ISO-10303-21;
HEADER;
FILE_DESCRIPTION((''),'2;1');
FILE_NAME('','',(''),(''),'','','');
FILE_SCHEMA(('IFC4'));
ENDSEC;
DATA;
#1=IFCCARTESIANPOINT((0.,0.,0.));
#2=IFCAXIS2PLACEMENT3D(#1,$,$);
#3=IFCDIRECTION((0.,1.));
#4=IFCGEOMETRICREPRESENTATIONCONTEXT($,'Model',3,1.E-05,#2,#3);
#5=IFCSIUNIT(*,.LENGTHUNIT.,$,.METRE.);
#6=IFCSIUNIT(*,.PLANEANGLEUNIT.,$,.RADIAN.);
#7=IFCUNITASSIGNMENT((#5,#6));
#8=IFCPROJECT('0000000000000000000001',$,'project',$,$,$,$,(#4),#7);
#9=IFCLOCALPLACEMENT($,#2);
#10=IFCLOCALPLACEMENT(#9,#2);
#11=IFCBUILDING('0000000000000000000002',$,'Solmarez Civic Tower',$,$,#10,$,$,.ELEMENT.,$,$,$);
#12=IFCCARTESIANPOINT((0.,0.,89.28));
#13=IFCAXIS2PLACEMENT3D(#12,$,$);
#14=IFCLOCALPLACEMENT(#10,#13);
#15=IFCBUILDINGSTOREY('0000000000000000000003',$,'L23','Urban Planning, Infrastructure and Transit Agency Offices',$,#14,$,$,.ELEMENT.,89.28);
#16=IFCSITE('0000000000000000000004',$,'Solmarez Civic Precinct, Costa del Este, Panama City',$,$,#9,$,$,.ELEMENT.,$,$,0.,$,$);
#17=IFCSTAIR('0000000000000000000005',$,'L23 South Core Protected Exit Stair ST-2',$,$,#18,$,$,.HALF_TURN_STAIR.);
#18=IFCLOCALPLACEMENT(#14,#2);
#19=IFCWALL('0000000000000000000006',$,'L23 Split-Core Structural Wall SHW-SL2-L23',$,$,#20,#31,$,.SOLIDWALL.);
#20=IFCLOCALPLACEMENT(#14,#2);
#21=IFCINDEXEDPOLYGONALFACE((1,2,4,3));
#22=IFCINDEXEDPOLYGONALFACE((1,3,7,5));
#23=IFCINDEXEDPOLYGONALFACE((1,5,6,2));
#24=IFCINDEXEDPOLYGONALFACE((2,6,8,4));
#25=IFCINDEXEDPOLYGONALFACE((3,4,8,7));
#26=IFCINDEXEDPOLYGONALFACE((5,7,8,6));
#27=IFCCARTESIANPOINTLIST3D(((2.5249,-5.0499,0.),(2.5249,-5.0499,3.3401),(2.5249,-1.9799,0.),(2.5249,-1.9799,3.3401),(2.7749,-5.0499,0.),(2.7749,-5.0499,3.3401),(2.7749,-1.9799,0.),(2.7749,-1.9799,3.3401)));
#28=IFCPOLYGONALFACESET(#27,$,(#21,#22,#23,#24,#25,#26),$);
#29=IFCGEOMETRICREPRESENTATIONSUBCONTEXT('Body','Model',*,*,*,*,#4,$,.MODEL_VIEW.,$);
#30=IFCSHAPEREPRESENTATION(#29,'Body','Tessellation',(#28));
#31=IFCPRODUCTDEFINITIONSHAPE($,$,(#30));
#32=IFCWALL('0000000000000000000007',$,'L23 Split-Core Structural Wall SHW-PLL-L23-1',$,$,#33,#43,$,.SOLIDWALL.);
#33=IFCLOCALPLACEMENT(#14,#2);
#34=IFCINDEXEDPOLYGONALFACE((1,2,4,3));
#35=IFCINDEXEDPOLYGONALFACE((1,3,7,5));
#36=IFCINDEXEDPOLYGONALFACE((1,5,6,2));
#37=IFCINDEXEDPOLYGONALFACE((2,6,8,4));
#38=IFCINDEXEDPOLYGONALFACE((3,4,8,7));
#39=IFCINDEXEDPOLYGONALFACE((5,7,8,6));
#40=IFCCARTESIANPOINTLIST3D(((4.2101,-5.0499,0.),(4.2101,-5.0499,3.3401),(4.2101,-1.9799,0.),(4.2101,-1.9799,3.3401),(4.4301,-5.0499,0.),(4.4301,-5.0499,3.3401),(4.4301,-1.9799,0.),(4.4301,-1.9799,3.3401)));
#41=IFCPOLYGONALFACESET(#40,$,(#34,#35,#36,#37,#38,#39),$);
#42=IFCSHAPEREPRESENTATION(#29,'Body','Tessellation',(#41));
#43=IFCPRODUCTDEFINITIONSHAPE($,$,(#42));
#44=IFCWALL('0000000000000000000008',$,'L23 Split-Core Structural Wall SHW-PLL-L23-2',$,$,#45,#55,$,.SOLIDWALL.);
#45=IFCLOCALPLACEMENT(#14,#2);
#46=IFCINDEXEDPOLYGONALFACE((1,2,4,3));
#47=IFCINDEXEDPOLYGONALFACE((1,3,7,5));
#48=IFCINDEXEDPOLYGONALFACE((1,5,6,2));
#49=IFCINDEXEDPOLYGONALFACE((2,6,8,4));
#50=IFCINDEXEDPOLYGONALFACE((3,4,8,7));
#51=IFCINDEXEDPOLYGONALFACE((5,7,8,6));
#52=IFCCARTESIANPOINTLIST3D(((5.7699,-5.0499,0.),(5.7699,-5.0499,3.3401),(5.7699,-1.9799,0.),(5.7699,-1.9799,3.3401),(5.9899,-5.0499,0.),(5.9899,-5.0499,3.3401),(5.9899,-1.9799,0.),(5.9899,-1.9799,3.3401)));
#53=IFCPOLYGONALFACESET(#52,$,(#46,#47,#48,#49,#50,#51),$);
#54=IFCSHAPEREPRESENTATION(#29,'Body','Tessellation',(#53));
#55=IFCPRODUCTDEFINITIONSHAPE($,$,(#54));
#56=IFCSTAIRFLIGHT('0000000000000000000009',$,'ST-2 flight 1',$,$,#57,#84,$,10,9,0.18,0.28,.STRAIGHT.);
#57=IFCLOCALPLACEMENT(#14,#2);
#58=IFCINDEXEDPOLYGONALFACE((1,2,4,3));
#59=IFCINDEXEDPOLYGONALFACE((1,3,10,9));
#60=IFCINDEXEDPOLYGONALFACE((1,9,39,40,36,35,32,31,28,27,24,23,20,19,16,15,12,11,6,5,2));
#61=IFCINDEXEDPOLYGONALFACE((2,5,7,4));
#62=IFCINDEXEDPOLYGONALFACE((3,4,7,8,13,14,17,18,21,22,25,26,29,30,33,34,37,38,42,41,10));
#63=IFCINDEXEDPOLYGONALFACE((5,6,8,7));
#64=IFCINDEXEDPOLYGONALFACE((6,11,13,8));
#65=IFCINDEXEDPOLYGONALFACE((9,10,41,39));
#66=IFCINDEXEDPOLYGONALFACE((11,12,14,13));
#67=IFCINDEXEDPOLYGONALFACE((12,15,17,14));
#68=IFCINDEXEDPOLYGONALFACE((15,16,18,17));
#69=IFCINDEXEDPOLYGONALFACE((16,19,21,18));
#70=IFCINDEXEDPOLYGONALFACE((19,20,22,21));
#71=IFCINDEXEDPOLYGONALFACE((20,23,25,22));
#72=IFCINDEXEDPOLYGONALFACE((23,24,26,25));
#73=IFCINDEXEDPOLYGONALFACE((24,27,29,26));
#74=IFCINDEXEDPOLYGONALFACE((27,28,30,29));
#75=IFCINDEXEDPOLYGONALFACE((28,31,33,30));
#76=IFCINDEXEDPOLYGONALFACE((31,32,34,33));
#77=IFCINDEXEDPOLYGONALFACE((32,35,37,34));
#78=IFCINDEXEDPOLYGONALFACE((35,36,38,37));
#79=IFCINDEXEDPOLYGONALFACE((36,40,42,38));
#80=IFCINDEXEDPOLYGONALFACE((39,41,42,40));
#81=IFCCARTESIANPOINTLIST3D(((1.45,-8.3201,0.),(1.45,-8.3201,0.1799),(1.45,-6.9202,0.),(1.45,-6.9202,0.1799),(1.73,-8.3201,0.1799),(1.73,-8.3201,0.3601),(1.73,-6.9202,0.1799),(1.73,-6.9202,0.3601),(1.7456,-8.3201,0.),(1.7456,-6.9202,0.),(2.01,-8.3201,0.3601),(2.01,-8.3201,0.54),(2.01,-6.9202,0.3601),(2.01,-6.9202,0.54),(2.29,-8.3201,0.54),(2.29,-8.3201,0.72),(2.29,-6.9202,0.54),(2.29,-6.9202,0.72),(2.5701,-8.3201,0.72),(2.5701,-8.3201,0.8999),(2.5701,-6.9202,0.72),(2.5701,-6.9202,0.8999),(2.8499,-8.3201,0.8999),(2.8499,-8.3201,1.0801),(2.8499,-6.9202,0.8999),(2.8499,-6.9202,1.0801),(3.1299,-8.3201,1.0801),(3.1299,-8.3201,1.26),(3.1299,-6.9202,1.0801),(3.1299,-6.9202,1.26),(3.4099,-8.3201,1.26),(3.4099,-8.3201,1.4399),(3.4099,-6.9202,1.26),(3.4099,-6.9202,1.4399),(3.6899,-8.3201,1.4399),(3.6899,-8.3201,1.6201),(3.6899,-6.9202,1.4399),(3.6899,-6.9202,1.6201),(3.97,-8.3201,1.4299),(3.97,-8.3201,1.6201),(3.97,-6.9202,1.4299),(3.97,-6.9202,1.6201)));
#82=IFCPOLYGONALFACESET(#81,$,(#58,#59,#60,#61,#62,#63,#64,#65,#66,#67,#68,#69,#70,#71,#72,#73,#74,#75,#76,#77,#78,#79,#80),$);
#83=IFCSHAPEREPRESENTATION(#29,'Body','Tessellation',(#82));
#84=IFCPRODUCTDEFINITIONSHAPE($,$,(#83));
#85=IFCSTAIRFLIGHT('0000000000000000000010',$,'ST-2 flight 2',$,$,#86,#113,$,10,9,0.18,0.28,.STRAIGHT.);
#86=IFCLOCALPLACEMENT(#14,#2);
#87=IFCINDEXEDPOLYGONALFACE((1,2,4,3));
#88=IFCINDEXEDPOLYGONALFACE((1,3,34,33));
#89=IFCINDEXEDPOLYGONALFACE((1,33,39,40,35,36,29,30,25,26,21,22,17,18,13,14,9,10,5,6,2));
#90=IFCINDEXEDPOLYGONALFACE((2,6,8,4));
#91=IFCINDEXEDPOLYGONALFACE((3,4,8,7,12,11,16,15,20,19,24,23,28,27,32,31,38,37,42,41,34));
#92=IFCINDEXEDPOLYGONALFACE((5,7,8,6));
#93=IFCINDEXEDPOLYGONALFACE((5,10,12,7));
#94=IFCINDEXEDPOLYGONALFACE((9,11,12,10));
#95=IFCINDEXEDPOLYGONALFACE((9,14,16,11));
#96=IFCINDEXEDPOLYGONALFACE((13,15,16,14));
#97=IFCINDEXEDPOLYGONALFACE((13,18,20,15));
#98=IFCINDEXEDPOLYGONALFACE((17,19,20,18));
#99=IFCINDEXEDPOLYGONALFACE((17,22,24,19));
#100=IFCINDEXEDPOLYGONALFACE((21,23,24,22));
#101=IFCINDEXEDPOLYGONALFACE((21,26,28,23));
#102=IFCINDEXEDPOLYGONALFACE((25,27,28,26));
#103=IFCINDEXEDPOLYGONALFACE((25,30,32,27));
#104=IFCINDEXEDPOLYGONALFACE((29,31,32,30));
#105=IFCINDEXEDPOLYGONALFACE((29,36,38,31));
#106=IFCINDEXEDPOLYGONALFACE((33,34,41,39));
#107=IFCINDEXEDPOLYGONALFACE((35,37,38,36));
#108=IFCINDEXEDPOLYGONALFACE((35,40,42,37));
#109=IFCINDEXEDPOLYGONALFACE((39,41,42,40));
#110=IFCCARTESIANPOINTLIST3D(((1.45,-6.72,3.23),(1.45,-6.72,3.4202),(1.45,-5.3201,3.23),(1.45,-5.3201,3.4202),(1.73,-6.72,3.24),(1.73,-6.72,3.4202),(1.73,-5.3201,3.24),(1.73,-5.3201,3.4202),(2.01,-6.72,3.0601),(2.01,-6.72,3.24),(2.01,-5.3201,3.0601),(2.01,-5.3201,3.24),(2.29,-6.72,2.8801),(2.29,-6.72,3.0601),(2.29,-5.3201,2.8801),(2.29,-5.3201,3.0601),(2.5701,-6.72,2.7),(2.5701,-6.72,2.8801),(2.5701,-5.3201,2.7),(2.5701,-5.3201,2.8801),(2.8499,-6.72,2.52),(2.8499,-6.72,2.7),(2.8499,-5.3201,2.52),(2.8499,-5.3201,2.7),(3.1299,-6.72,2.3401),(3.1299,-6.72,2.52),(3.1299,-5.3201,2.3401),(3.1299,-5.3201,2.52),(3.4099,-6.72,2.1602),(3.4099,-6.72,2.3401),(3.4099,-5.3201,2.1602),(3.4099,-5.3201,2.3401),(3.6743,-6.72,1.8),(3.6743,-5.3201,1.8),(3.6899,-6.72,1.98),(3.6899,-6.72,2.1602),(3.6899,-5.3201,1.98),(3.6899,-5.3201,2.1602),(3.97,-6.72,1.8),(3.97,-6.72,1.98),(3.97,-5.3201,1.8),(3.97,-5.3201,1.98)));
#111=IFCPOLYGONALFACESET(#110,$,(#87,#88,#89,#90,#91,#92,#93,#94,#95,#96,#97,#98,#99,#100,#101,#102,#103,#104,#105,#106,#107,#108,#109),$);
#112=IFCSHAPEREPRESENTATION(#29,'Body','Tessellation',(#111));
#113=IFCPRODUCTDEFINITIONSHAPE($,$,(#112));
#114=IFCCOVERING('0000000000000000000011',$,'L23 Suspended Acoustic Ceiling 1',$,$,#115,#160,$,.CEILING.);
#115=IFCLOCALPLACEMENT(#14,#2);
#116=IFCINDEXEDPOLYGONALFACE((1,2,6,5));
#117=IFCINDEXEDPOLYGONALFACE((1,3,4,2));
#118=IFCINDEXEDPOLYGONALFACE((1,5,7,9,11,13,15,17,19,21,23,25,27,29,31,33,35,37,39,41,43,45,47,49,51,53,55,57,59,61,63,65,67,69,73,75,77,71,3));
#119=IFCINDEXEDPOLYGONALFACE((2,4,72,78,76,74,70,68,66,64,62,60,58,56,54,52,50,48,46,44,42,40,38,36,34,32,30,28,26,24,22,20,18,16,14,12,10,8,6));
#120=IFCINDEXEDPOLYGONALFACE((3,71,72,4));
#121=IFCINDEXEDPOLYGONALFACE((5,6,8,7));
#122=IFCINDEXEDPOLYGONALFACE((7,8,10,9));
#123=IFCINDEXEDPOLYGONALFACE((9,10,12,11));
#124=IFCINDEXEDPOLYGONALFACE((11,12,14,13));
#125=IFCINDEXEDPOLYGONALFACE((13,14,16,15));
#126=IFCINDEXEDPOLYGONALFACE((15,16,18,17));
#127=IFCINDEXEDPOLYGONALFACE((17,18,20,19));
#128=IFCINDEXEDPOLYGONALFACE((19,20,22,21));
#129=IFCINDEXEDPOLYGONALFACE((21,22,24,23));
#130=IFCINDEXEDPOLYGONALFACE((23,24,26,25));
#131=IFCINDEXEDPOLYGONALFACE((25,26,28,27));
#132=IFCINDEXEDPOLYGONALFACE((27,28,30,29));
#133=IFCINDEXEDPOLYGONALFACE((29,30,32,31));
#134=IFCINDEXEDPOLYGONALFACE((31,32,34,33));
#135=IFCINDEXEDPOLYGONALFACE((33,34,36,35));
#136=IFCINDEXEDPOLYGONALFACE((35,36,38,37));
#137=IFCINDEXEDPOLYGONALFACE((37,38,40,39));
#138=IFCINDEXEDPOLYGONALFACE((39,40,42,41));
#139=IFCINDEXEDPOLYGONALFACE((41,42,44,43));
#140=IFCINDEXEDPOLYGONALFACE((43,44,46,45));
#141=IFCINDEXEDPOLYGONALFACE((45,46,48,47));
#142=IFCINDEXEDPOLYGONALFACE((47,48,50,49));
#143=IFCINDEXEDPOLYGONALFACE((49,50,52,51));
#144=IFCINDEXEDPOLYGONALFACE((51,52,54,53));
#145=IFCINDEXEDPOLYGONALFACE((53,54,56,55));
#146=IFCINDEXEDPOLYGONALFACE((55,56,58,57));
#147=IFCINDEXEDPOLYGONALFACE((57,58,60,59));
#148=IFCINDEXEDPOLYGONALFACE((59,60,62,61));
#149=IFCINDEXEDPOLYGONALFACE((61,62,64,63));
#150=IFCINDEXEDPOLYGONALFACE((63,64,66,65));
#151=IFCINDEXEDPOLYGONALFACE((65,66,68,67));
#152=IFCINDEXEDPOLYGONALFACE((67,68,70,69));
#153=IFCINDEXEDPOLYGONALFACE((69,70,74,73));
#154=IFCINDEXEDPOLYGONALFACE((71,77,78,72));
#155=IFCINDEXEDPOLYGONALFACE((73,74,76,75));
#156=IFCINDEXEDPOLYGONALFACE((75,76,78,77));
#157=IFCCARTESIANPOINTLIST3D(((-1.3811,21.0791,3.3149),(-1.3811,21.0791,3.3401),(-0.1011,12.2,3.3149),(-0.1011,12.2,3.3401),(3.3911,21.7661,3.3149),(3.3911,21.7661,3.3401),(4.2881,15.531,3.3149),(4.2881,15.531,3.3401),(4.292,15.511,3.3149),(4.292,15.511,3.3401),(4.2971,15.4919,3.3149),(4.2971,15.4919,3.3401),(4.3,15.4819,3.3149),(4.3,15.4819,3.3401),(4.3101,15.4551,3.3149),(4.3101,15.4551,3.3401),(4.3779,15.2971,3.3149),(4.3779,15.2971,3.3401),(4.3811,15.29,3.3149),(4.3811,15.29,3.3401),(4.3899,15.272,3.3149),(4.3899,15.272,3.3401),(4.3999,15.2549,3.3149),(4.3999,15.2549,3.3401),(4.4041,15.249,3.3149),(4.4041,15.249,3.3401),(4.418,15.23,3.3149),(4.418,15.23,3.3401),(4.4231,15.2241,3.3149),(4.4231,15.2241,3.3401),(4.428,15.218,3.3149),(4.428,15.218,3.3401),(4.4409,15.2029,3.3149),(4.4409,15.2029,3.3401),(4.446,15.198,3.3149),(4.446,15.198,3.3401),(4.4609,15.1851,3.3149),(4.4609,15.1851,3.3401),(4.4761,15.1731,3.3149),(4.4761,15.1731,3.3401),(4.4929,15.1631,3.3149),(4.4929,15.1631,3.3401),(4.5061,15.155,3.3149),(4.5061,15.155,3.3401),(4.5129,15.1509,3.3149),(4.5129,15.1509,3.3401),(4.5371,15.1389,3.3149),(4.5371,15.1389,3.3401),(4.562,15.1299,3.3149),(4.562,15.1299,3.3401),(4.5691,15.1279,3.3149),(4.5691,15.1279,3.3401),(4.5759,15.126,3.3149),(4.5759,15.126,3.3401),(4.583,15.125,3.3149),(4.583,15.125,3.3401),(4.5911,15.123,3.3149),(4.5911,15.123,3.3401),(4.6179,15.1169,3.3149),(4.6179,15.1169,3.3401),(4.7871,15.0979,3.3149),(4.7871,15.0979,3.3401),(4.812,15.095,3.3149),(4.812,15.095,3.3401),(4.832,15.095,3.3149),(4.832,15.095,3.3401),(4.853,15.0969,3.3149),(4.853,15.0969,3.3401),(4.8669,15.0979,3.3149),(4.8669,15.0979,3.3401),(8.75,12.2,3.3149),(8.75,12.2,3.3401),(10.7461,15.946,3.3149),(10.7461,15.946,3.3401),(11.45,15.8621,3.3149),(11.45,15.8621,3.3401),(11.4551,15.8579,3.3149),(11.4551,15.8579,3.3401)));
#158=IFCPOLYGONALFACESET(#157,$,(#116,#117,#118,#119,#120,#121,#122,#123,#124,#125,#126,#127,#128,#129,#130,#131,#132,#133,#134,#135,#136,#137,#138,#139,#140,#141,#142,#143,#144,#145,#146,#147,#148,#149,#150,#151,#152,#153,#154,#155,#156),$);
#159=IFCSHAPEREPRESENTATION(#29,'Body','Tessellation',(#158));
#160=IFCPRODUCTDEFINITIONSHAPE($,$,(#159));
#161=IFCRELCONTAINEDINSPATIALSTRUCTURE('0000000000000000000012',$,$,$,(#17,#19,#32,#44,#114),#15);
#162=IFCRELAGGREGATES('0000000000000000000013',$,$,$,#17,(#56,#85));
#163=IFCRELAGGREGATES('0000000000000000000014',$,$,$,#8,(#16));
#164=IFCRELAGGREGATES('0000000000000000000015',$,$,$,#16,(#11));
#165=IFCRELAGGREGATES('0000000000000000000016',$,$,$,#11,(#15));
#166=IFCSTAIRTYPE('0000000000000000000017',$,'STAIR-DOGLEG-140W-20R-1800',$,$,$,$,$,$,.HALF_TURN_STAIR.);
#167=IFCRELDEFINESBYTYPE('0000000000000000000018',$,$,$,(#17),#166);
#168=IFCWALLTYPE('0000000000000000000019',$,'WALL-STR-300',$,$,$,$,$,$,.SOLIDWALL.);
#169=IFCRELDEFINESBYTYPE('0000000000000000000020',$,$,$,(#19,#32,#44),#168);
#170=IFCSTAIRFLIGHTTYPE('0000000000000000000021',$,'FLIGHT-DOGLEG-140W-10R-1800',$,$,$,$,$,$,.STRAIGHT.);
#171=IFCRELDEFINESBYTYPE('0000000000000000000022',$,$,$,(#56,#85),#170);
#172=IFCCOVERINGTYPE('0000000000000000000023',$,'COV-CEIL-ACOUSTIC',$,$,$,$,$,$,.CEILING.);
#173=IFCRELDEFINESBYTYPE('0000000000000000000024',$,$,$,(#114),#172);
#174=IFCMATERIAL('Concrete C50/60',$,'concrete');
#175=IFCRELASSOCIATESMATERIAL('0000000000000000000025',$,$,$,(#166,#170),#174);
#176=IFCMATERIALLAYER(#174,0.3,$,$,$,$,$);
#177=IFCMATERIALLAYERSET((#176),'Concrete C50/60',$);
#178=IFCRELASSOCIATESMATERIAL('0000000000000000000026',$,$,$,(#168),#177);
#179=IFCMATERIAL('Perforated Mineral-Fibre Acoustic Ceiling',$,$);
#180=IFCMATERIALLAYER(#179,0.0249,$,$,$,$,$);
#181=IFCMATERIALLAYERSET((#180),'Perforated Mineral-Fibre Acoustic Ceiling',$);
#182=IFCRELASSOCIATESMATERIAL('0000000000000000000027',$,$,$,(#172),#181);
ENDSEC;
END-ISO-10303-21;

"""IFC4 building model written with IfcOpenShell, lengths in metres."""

from ifc_helpers import new_model, si_unit, direction, frame, frame_2d, origin, place, context, subcontext, project, spatial, polyline, rectangle, outline, extrude, material, layer, layer_set, type_object, element, aggregate, save


model = new_model("IFC4")

# Units and contexts
model_context = context("Model", 3, precision=1e-05, world=origin(), true_north=direction((0.0, 1.0)))
body_context = subcontext(model_context, "Body", "Model", "MODEL_VIEW")
ifc_project = project(units=[si_unit("LENGTHUNIT", "METRE"), si_unit("PLANEANGLEUNIT", "RADIAN")], contexts=[model_context])

# Site, building, storey
site_placement = place(None, origin())
site = spatial("IfcSite", under=ifc_project, at=site_placement, Name="Solmarez Civic Precinct, Costa del Este, Panama City", CompositionType="ELEMENT", RefElevation=0.0)
building_placement = place(site_placement, origin())
building = spatial("IfcBuilding", under=site, at=building_placement, Name="Solmarez Civic Tower", CompositionType="ELEMENT")
storey_placement = place(building_placement, frame((0.0, 0.0, 89.28)))
storey = spatial("IfcBuildingStorey", under=building, at=storey_placement, Name="L23", Description="Urban Planning, Infrastructure and Transit Agency Offices", CompositionType="ELEMENT", Elevation=89.28)

# Stair
ifc_material_1 = material(Name="Concrete C50/60", Category="concrete")
stair_type = type_object("IfcStairType", Name="STAIR-DOGLEG-140W-20R-1800", PredefinedType="HALF_TURN_STAIR", material=ifc_material_1)
stair_1_placement = place(storey_placement, origin())
stair_1 = element("IfcStair", 1, at=stair_1_placement, inside=storey, type_object=stair_type, Name="L23 South Core Protected Exit Stair ST-2", PredefinedType="HALF_TURN_STAIR")

# Walls
ifc_layer_1 = layer(ifc_material_1, 0.3)
ifc_layer_set_1 = layer_set([ifc_layer_1], Name="Concrete C50/60")
wall_type_1 = type_object("IfcWallType", Name="WALL-STR-300", PredefinedType="SOLIDWALL", material=ifc_layer_set_1)
wall_1_placement = place(storey_placement, frame((2.6499, -5.05, 0.0), z_axis=(0.0, 0.0, 1.0), x_axis=(0.0, 1.0, 0.0)))
element("IfcWall", 2, at=wall_1_placement, inside=storey, type_object=wall_type_1, Name="L23 Split-Core Structural Wall SHW-SL2-L23", PredefinedType="SOLIDWALL", context=body_context, shape_type="SweptSolid", body=[
    extrude(rectangle(XDim=3.0701, YDim=0.25, at=frame_2d((1.5352, 0.0))), origin(), (0.0, 0.0, 1.0), 3.3401),
])
for number, where, z_axis, x_axis, name in (
    (3, (4.3201, -5.05, 0.0), (0.0, 0.0, 1.0), (0.0, 1.0, 0.0), "L23 Split-Core Structural Wall SHW-PLL-L23-1"),
    (4, (5.8799, -5.05, 0.0), (0.0, 0.0, 1.0), (0.0, 1.0, 0.0), "L23 Split-Core Structural Wall SHW-PLL-L23-2"),
):
    element("IfcWall", number, at=place(storey_placement, frame(where, z_axis=z_axis, x_axis=x_axis)), inside=storey, type_object=wall_type_1, Name=name, PredefinedType="SOLIDWALL", context=body_context, shape_type="SweptSolid", body=[
        extrude(rectangle(XDim=3.0701, YDim=0.22, at=frame_2d((1.5352, 0.0))), origin(), (0.0, 0.0, 1.0), 3.3401),
    ])

# Stair flights
stair_flight_type = type_object("IfcStairFlightType", Name="FLIGHT-DOGLEG-140W-10R-1800", PredefinedType="STRAIGHT", material=ifc_material_1)
stair_flight_1_placement = place(storey_placement, frame((1.45, -7.6201, 0.0), z_axis=(0.0, 0.0, 1.0), x_axis=(1.0, 0.0, 0.0)))
stair_flight_1 = element("IfcStairFlight", 5, at=stair_flight_1_placement, type_object=stair_flight_type, Name="ST-2 flight 1", NumberOfRisers=10, NumberOfTreads=9, PredefinedType="STRAIGHT", RiserHeight=0.18, TreadLength=0.28, context=body_context, shape_type="SweptSolid", body=[
    extrude(outline(polyline([(0.0, 0.0), (0.0, 0.1799), (0.28, 0.1799), (0.28, 0.3601), (0.5601, 0.3601), (0.5601, 0.54), (0.8401, 0.54), (0.8401, 0.72), (1.1201, 0.72), (1.1201, 0.8999), (1.3999, 0.8999), (1.3999, 1.0801), (1.6799, 1.0801), (1.6799, 1.26), (1.96, 1.26), (1.96, 1.4399), (2.24, 1.4399), (2.24, 1.6201), (2.52, 1.6201), (2.52, 1.8), (2.52, 1.4299), (0.2957, 0.0), (0.0, 0.0)])), frame((0.0, 0.7, 0.0), z_axis=(0.0, -1.0, 0.0), x_axis=(1.0, 0.0, 0.0)), (0.0, 0.0, 1.0), 1.3999),
])
stair_flight_2_placement = place(storey_placement, frame((3.97, -6.02, 1.8), z_axis=(0.0, 0.0, 1.0), x_axis=(-1.0, 0.0, 0.0)))
stair_flight_2 = element("IfcStairFlight", 6, at=stair_flight_2_placement, type_object=stair_flight_type, Name="ST-2 flight 2", NumberOfRisers=10, NumberOfTreads=9, PredefinedType="STRAIGHT", RiserHeight=0.18, TreadLength=0.28, context=body_context, shape_type="SweptSolid", body=[
    extrude(outline(polyline([(0.0, 0.0), (0.0, 0.1799), (0.28, 0.1799), (0.28, 0.3601), (0.5601, 0.3601), (0.5601, 0.54), (0.8401, 0.54), (0.8401, 0.72), (1.1201, 0.72), (1.1201, 0.8999), (1.3999, 0.8999), (1.3999, 1.0801), (1.6799, 1.0801), (1.6799, 1.26), (1.96, 1.26), (1.96, 1.4399), (2.24, 1.4399), (2.24, 1.6201), (2.52, 1.6201), (2.52, 1.8), (2.52, 1.4299), (0.2957, 0.0), (0.0, 0.0)])), frame((0.0, 0.7, 0.0), z_axis=(0.0, -1.0, 0.0), x_axis=(1.0, 0.0, 0.0)), (0.0, 0.0, 1.0), 1.3999),
])
aggregate(stair_1, [stair_flight_1, stair_flight_2])

# Covering
ifc_material_2 = material(Name="Perforated Mineral-Fibre Acoustic Ceiling")
ifc_layer_2 = layer(ifc_material_2, 0.0249)
ifc_layer_set_2 = layer_set([ifc_layer_2], Name="Perforated Mineral-Fibre Acoustic Ceiling")
covering_type_1 = type_object("IfcCoveringType", Name="COV-CEIL-ACOUSTIC", PredefinedType="CEILING", material=ifc_layer_set_2)
covering_1_placement = place(storey_placement, frame((0.0, 0.0, 3.3149)))
element("IfcCovering", 7, at=covering_1_placement, inside=storey, type_object=covering_type_1, Name="L23 Suspended Acoustic Ceiling 1", PredefinedType="CEILING", context=body_context, shape_type="SweptSolid", body=[
    extrude(outline(polyline([(-0.1011, 12.2), (8.75, 12.2), (11.4551, 15.8579), (11.45, 15.8621), (10.7461, 15.946), (4.8669, 15.0979), (4.853, 15.0969), (4.832, 15.095), (4.812, 15.095), (4.7871, 15.0979), (4.6179, 15.1169), (4.5911, 15.123), (4.583, 15.125), (4.5759, 15.126), (4.5691, 15.1279), (4.562, 15.1299), (4.5371, 15.1389), (4.5129, 15.1509), (4.5061, 15.155), (4.4929, 15.1631), (4.4761, 15.1731), (4.4609, 15.1851), (4.446, 15.198), (4.4409, 15.2029), (4.428, 15.218), (4.4231, 15.2241), (4.418, 15.23), (4.4041, 15.249), (4.3999, 15.2549), (4.3899, 15.272), (4.3811, 15.29), (4.3779, 15.2971), (4.3101, 15.4551), (4.3, 15.4819), (4.2971, 15.4919), (4.292, 15.511), (4.2881, 15.531), (3.3911, 21.7661), (-1.3811, 21.0791), (-0.1011, 12.2)])), origin(), (0.0, 0.0, 1.0), 0.0251),
])

save(model, "model.ifc")
